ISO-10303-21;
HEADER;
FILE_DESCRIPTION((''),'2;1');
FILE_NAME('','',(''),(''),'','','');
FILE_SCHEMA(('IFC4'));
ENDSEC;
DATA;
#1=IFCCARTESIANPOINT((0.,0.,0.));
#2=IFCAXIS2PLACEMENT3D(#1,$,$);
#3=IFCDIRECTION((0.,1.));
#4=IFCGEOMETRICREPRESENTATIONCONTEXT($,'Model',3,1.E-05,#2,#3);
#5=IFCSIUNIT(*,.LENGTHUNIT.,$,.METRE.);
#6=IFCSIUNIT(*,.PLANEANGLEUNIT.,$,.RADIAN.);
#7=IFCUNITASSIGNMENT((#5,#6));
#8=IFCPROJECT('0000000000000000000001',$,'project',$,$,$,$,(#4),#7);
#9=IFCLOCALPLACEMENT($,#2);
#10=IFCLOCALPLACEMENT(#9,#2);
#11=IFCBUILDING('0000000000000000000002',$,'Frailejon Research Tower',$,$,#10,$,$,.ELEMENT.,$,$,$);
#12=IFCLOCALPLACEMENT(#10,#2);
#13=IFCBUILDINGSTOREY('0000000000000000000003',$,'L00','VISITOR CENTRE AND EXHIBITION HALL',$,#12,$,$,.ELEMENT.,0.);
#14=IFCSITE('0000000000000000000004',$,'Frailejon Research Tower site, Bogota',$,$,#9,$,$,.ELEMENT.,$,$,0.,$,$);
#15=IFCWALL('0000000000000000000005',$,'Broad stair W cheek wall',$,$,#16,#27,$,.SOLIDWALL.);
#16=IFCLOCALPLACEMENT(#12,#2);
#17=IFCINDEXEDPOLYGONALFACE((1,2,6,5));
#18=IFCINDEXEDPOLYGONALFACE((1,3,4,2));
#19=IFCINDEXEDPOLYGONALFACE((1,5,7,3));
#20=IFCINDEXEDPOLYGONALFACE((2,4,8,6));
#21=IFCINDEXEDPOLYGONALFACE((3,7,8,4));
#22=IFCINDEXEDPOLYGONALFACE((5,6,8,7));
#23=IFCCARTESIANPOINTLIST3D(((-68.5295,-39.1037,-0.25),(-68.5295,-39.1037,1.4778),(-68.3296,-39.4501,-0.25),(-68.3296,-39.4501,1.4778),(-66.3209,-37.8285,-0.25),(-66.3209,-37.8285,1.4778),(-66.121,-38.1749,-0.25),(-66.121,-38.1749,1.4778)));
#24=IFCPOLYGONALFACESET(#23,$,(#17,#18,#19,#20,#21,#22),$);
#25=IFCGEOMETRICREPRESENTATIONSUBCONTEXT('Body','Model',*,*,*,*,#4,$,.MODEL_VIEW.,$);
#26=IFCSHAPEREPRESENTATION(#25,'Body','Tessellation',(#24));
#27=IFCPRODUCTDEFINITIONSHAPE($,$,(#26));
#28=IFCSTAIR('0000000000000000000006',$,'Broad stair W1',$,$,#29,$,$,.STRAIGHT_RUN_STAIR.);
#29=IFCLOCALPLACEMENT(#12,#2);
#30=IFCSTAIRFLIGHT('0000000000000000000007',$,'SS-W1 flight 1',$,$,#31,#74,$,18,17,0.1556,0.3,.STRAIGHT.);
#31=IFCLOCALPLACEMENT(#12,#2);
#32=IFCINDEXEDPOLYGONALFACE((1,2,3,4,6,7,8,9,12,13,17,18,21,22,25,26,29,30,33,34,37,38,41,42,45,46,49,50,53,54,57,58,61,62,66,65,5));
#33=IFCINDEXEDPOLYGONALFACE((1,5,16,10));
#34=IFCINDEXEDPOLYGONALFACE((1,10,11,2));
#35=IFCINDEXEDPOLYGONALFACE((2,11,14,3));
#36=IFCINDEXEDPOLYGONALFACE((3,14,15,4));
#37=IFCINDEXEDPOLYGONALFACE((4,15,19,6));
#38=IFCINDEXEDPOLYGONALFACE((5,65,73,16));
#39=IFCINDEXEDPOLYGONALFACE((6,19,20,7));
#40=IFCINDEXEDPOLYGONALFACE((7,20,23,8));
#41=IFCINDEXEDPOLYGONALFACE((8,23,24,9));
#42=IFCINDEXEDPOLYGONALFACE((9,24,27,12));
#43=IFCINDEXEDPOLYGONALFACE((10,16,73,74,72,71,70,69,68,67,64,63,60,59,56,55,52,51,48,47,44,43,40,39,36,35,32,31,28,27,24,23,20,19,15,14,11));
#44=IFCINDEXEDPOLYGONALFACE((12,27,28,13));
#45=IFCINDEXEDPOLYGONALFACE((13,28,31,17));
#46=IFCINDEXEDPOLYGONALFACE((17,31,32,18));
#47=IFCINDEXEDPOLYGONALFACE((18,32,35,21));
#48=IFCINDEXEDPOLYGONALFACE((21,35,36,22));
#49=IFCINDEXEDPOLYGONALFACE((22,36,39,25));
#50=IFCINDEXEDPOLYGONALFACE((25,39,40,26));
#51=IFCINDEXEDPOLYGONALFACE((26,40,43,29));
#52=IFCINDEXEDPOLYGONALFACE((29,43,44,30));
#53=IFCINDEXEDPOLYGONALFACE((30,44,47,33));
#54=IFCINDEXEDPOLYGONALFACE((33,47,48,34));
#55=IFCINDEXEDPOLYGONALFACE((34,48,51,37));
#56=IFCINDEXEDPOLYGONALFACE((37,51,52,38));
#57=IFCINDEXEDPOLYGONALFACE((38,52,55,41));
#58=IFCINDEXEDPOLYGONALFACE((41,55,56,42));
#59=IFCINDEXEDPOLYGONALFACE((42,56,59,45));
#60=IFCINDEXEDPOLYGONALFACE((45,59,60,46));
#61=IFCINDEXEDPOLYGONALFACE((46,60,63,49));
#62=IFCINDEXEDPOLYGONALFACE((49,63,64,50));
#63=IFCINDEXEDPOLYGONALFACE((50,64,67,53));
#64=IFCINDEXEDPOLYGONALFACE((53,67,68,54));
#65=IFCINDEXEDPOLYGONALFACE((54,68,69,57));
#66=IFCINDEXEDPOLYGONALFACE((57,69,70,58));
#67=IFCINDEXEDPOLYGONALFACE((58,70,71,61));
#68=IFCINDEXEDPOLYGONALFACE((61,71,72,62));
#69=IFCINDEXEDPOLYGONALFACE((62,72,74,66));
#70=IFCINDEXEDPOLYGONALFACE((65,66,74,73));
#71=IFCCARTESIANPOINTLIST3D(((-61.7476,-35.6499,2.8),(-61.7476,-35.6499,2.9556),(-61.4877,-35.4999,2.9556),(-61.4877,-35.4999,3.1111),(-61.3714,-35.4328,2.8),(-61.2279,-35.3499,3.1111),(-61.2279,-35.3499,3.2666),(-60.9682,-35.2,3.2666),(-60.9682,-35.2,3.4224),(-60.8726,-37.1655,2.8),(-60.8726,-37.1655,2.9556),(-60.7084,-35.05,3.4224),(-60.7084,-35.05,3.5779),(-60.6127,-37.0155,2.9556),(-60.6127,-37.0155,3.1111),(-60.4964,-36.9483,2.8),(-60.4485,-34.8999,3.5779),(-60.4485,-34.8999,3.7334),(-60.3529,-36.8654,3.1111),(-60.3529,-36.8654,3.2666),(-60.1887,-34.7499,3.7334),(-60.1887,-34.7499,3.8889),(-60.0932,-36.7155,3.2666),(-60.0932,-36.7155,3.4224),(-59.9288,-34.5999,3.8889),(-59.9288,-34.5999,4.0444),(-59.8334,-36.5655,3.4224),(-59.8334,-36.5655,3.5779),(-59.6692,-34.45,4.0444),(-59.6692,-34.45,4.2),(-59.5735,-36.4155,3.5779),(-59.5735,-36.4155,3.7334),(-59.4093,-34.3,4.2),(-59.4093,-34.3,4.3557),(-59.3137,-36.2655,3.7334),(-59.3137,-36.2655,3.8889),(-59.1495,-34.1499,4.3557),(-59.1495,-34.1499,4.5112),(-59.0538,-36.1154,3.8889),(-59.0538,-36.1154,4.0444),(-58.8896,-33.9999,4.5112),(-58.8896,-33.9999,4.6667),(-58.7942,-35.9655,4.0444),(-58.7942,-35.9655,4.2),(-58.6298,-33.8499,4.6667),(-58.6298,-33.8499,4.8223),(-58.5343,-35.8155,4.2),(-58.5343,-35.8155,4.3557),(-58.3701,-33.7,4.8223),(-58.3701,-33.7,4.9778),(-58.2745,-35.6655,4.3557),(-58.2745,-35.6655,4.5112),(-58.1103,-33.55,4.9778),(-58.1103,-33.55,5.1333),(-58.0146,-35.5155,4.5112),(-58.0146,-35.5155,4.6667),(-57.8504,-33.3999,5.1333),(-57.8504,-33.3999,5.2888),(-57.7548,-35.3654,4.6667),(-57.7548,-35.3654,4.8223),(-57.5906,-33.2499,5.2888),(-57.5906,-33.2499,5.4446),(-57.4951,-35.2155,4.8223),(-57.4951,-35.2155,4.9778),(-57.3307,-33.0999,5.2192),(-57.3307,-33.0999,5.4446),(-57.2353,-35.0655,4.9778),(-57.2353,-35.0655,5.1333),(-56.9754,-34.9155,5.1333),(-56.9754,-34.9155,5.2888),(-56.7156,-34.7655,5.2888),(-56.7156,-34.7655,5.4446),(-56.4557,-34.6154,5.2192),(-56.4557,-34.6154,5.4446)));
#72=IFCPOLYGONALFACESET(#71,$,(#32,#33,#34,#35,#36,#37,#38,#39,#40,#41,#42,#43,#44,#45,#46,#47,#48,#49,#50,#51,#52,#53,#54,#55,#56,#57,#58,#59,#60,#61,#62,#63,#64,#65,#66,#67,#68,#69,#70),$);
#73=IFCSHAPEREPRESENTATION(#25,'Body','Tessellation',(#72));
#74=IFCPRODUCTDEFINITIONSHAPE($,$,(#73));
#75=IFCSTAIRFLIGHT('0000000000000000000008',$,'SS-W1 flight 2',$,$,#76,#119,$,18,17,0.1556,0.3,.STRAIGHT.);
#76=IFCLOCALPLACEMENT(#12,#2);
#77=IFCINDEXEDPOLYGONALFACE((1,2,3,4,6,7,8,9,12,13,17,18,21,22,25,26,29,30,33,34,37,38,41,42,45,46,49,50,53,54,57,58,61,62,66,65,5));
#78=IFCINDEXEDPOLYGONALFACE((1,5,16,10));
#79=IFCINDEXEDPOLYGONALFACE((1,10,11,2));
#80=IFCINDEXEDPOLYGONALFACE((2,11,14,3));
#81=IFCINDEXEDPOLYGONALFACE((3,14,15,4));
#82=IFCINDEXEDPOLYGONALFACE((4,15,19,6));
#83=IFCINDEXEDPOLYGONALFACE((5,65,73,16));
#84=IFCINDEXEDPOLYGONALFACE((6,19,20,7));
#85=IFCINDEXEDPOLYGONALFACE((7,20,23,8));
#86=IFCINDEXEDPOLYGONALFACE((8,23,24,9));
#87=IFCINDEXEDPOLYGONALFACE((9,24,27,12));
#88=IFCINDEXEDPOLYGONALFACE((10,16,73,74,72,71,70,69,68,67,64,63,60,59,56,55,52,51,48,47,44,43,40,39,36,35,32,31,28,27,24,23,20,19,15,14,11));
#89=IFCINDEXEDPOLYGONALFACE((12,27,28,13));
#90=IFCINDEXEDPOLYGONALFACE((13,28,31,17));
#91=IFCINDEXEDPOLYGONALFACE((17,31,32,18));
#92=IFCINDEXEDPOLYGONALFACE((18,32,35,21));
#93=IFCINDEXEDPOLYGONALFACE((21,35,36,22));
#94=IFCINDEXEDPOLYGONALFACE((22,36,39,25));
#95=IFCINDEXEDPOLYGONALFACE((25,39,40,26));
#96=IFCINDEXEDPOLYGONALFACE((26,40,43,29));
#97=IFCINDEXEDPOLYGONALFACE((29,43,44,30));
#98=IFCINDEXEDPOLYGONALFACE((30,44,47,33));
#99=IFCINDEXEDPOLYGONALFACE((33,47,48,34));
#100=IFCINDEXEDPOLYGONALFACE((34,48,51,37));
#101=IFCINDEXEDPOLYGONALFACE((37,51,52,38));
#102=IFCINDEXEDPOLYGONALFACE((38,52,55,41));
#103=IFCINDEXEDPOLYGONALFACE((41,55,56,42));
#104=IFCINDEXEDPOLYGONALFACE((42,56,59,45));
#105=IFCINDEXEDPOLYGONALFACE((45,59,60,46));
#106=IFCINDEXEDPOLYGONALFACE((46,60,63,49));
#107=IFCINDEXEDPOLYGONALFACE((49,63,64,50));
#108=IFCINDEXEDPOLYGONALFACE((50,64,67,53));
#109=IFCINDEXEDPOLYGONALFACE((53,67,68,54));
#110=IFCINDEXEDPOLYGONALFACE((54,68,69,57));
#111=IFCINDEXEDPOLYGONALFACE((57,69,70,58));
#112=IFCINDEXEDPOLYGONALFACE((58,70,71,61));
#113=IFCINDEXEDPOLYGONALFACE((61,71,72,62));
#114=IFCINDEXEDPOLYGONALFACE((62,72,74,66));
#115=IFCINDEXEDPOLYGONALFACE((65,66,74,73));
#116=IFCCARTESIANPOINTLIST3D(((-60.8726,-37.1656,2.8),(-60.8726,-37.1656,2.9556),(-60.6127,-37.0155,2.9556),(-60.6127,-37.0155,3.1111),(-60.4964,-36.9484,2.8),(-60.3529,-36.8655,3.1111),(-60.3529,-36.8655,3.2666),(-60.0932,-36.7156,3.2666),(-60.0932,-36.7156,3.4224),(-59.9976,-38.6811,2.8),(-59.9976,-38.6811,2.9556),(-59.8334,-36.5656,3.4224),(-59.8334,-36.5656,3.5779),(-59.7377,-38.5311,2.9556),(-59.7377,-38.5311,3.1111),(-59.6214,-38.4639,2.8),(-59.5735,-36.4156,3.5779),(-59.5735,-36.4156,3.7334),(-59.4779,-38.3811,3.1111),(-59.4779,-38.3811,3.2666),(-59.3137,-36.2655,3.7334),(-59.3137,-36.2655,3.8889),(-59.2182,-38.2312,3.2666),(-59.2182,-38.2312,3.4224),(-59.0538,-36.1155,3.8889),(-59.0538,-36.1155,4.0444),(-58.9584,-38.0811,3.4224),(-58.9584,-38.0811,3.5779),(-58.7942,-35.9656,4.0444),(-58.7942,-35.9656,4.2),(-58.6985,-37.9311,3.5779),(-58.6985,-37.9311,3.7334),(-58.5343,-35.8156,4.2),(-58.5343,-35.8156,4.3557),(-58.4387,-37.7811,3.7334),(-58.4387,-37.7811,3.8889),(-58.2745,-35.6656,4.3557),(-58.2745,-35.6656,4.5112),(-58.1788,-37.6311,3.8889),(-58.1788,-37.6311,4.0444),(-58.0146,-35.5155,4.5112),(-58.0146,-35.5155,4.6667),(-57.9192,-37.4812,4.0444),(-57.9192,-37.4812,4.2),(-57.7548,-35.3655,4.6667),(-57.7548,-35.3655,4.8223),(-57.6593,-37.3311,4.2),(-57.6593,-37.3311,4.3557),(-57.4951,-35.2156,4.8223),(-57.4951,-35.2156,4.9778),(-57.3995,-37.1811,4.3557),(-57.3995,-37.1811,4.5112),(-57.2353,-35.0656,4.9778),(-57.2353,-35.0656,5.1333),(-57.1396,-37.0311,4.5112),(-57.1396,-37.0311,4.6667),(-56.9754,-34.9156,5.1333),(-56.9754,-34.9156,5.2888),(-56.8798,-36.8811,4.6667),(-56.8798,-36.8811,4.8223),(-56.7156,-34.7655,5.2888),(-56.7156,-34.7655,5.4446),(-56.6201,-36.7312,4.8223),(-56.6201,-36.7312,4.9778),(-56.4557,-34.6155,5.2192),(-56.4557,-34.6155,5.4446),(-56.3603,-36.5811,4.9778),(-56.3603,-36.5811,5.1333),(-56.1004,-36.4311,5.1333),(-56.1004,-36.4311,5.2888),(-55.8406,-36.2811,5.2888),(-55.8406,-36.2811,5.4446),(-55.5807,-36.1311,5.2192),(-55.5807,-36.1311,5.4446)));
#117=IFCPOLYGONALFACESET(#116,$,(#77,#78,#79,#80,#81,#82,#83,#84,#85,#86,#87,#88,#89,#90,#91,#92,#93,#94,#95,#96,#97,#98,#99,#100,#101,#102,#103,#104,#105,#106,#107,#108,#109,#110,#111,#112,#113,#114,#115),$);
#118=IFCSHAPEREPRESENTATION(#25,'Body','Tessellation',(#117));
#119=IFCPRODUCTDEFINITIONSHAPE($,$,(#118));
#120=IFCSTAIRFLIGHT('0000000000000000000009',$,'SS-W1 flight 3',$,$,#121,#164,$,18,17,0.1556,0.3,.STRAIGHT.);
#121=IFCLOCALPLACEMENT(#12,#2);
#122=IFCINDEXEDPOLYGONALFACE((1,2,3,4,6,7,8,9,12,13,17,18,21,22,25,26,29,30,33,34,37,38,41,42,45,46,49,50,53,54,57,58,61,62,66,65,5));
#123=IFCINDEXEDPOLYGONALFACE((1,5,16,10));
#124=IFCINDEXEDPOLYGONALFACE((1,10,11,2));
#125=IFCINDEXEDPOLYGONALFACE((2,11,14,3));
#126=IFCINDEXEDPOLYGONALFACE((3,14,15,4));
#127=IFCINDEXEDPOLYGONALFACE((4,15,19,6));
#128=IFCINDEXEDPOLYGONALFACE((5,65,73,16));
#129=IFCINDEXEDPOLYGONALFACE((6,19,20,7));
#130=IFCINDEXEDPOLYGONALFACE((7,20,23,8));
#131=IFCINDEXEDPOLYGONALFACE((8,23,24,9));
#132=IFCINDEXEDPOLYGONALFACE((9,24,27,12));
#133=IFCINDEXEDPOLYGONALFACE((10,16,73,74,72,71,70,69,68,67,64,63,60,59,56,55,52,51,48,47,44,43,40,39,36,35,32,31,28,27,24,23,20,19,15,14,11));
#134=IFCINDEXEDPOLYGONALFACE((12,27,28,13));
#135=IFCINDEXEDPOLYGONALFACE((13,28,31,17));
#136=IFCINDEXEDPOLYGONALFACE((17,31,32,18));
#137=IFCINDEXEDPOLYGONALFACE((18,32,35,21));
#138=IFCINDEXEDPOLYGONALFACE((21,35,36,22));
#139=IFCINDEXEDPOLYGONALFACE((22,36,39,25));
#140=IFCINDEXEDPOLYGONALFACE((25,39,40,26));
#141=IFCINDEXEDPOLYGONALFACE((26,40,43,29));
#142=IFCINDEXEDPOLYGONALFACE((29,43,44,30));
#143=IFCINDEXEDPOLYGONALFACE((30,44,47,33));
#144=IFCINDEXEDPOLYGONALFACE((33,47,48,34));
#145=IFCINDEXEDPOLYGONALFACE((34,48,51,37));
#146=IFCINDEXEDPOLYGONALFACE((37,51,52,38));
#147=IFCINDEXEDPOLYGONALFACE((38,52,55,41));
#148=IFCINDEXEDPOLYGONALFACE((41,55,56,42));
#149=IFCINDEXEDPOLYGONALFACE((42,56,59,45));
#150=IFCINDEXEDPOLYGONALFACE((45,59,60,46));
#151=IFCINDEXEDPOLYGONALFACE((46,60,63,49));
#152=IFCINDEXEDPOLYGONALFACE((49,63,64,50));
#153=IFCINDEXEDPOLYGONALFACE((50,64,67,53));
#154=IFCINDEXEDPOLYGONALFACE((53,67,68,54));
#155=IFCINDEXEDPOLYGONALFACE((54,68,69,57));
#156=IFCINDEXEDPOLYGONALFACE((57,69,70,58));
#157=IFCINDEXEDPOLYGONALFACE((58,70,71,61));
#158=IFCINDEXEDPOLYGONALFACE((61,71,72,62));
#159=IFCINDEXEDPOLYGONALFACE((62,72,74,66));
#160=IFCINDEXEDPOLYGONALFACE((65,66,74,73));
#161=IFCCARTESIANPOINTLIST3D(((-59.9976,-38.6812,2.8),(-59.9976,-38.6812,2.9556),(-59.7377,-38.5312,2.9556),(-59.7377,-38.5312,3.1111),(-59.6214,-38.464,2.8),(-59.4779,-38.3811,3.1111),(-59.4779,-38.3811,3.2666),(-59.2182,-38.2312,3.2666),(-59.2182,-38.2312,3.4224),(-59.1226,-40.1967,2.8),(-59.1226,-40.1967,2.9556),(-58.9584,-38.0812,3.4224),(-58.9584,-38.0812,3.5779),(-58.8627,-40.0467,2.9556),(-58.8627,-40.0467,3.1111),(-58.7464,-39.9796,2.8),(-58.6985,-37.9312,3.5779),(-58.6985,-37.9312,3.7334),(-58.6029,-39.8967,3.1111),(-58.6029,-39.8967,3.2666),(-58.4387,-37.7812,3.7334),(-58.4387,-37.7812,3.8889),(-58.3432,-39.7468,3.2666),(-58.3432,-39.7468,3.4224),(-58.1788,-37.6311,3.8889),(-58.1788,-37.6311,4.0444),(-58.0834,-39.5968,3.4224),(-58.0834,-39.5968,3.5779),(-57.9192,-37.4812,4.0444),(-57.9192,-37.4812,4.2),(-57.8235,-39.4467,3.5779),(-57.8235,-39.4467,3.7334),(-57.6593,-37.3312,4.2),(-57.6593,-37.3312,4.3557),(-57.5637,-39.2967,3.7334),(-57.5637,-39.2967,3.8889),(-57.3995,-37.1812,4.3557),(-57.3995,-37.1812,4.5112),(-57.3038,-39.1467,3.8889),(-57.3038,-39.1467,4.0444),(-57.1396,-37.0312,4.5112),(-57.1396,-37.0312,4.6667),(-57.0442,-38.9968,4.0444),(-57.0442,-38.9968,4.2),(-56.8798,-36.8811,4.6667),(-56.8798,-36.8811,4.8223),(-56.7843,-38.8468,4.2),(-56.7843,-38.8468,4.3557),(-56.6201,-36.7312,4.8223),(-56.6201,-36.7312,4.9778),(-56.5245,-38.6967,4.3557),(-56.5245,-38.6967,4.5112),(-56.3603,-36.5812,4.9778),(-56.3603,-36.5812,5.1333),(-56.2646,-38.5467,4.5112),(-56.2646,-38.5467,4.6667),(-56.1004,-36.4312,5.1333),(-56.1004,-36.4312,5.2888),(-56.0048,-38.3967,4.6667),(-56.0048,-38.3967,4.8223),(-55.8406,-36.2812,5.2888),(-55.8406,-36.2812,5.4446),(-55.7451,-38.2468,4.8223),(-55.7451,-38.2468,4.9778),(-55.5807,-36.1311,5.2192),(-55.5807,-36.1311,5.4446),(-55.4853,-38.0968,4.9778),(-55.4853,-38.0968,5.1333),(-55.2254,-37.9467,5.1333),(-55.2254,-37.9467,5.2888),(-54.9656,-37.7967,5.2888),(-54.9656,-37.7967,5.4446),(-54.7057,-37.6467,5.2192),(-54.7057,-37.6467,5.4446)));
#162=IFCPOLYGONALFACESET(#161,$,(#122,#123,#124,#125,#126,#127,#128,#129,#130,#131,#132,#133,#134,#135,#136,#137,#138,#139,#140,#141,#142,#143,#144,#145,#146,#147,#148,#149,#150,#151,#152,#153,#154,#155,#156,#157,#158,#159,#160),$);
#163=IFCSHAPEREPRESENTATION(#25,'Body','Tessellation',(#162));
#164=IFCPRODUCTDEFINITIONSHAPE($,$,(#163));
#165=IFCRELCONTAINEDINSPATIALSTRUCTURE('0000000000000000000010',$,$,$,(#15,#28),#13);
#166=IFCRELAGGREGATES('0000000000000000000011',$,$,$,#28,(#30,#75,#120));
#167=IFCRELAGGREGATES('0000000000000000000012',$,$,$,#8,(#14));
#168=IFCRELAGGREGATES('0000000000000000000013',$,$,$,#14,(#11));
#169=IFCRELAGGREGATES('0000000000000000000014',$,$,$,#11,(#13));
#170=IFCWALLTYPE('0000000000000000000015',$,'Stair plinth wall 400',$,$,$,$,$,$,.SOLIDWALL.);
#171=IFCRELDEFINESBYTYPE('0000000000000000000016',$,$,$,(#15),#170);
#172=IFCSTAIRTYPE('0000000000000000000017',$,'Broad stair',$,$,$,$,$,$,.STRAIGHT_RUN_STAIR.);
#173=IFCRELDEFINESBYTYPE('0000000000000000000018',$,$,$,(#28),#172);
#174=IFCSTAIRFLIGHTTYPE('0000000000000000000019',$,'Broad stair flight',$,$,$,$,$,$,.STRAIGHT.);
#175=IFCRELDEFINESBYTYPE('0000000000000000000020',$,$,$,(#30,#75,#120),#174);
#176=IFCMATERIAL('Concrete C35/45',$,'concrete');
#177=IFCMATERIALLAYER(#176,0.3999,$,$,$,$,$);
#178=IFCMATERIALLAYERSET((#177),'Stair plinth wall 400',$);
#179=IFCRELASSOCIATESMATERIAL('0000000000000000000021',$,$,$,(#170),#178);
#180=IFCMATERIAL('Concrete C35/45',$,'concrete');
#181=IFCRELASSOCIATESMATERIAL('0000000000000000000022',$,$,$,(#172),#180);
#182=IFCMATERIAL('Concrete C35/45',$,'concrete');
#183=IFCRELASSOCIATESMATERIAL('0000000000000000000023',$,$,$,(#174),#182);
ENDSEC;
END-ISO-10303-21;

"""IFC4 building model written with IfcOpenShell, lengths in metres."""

from ifc_helpers import new_model, si_unit, direction, frame, frame_2d, origin, place, context, subcontext, project, spatial, polyline, rectangle, outline, extrude, material, layer, layer_set, type_object, element, aggregate, save


model = new_model("IFC4")

# Units and contexts
model_context = context("Model", 3, precision=1e-05, world=origin(), true_north=direction((0.0, 1.0)))
body_context = subcontext(model_context, "Body", "Model", "MODEL_VIEW")
ifc_project = project(units=[si_unit("LENGTHUNIT", "METRE"), si_unit("PLANEANGLEUNIT", "RADIAN")], contexts=[model_context])

# Site, building, storey
site_placement = place(None, origin())
site = spatial("IfcSite", under=ifc_project, at=site_placement, Name="Frailejon Research Tower site, Bogota", CompositionType="ELEMENT", RefElevation=0.0)
building_placement = place(site_placement, origin())
building = spatial("IfcBuilding", under=site, at=building_placement, Name="Frailejon Research Tower", CompositionType="ELEMENT")
storey_placement = place(building_placement, origin())
storey = spatial("IfcBuildingStorey", under=building, at=storey_placement, Name="L00", Description="VISITOR CENTRE AND EXHIBITION HALL", CompositionType="ELEMENT", Elevation=0.0)

# Wall
ifc_material_1 = material(Name="Concrete C35/45", Category="concrete")
ifc_layer_1 = layer(ifc_material_1, 0.3999)
ifc_layer_set_1 = layer_set([ifc_layer_1], Name="Stair plinth wall 400")
wall_type_1 = type_object("IfcWallType", Name="Stair plinth wall 400", PredefinedType="SOLIDWALL", material=ifc_layer_set_1)
wall_1_placement = place(storey_placement, frame((-66.2209, -38.0017, -0.25), z_axis=(0.0, 0.0, 1.0), x_axis=(-0.866013, -0.500021, 0.0)))
element("IfcWall", 1, at=wall_1_placement, inside=storey, type_object=wall_type_1, Name="Broad stair W cheek wall", PredefinedType="SOLIDWALL", context=body_context, shape_type="SweptSolid", body=[
    extrude(rectangle(XDim=2.5503, YDim=0.3999, at=frame_2d((1.2751, 0.0))), origin(), (0.0, 0.0, 1.0), 1.7278),
])

# Stair, stair flights
ifc_material_2 = material(Name="Concrete C35/45", Category="concrete")
stair_type = type_object("IfcStairType", Name="Broad stair", PredefinedType="STRAIGHT_RUN_STAIR", material=ifc_material_2)
stair_placement = place(storey_placement, origin())
stair = element("IfcStair", 2, at=stair_placement, inside=storey, type_object=stair_type, Name="Broad stair W1", PredefinedType="STRAIGHT_RUN_STAIR")
ifc_material_3 = material(Name="Concrete C35/45", Category="concrete")
stair_flight_type = type_object("IfcStairFlightType", Name="Broad stair flight", PredefinedType="STRAIGHT", material=ifc_material_3)
stair_flight_1_placement = place(storey_placement, frame((-61.3101, -36.4077, 2.8), z_axis=(0.0, 0.0, 1.0), x_axis=(0.866025, 0.5, 0.0)))
stair_flight_1 = element("IfcStairFlight", 3, at=stair_flight_1_placement, type_object=stair_flight_type, Name="SS-W1 flight 1", NumberOfRisers=18, NumberOfTreads=17, PredefinedType="STRAIGHT", RiserHeight=0.1556, TreadLength=0.3, context=body_context, shape_type="SweptSolid", body=[
    extrude(outline(polyline([(0.0, 0.0), (0.0, 0.1555), (0.3, 0.1555), (0.3, 0.311), (0.6001, 0.311), (0.6001, 0.4666), (0.8999, 0.4666), (0.8999, 0.6223), (1.2, 0.6223), (1.2, 0.7778), (1.5, 0.7778), (1.5, 0.9333), (1.8, 0.9333), (1.8, 1.0889), (2.1001, 1.0889), (2.1001, 1.2444), (2.3999, 1.2444), (2.3999, 1.3999), (2.7, 1.3999), (2.7, 1.5557), (3.0, 1.5557), (3.0, 1.7112), (3.3, 1.7112), (3.3, 1.8667), (3.6001, 1.8667), (3.6001, 2.0222), (3.8999, 2.0222), (3.8999, 2.1777), (4.2, 2.1777), (4.2, 2.3333), (4.5, 2.3333), (4.5, 2.4888), (4.8, 2.4888), (4.8, 2.6445), (5.1001, 2.6445), (5.1001, 2.8), (5.1001, 2.4192), (0.4343, 0.0), (0.0, 0.0)])), frame((0.0, 0.875, 0.0), z_axis=(0.0, -1.0, 0.0), x_axis=(1.0, 0.0, 0.0)), (0.0, 0.0, 1.0), 1.75),
])
stair_flight_2_placement = place(storey_placement, frame((-60.4351, -37.9233, 2.8), z_axis=(0.0, 0.0, 1.0), x_axis=(0.866025, 0.5, 0.0)))
stair_flight_2 = element("IfcStairFlight", 4, at=stair_flight_2_placement, type_object=stair_flight_type, Name="SS-W1 flight 2", NumberOfRisers=18, NumberOfTreads=17, PredefinedType="STRAIGHT", RiserHeight=0.1556, TreadLength=0.3, context=body_context, shape_type="SweptSolid", body=[
    extrude(outline(polyline([(0.0, 0.0), (0.0, 0.1555), (0.3, 0.1555), (0.3, 0.311), (0.6001, 0.311), (0.6001, 0.4666), (0.8999, 0.4666), (0.8999, 0.6223), (1.2, 0.6223), (1.2, 0.7778), (1.5, 0.7778), (1.5, 0.9333), (1.8, 0.9333), (1.8, 1.0889), (2.1001, 1.0889), (2.1001, 1.2444), (2.3999, 1.2444), (2.3999, 1.3999), (2.7, 1.3999), (2.7, 1.5557), (3.0, 1.5557), (3.0, 1.7112), (3.3, 1.7112), (3.3, 1.8667), (3.6001, 1.8667), (3.6001, 2.0222), (3.8999, 2.0222), (3.8999, 2.1777), (4.2, 2.1777), (4.2, 2.3333), (4.5, 2.3333), (4.5, 2.4888), (4.8, 2.4888), (4.8, 2.6445), (5.1001, 2.6445), (5.1001, 2.8), (5.1001, 2.4192), (0.4343, 0.0), (0.0, 0.0)])), frame((0.0, 0.875, 0.0), z_axis=(0.0, -1.0, 0.0), x_axis=(1.0, 0.0, 0.0)), (0.0, 0.0, 1.0), 1.75),
])
stair_flight_3_placement = place(storey_placement, frame((-59.5601, -39.439, 2.8), z_axis=(0.0, 0.0, 1.0), x_axis=(0.866025, 0.5, 0.0)))
stair_flight_3 = element("IfcStairFlight", 5, at=stair_flight_3_placement, type_object=stair_flight_type, Name="SS-W1 flight 3", NumberOfRisers=18, NumberOfTreads=17, PredefinedType="STRAIGHT", RiserHeight=0.1556, TreadLength=0.3, context=body_context, shape_type="SweptSolid", body=[
    extrude(outline(polyline([(0.0, 0.0), (0.0, 0.1555), (0.3, 0.1555), (0.3, 0.311), (0.6001, 0.311), (0.6001, 0.4666), (0.8999, 0.4666), (0.8999, 0.6223), (1.2, 0.6223), (1.2, 0.7778), (1.5, 0.7778), (1.5, 0.9333), (1.8, 0.9333), (1.8, 1.0889), (2.1001, 1.0889), (2.1001, 1.2444), (2.3999, 1.2444), (2.3999, 1.3999), (2.7, 1.3999), (2.7, 1.5557), (3.0, 1.5557), (3.0, 1.7112), (3.3, 1.7112), (3.3, 1.8667), (3.6001, 1.8667), (3.6001, 2.0222), (3.8999, 2.0222), (3.8999, 2.1777), (4.2, 2.1777), (4.2, 2.3333), (4.5, 2.3333), (4.5, 2.4888), (4.8, 2.4888), (4.8, 2.6445), (5.1001, 2.6445), (5.1001, 2.8), (5.1001, 2.4192), (0.4343, 0.0), (0.0, 0.0)])), frame((0.0, 0.875, 0.0), z_axis=(0.0, -1.0, 0.0), x_axis=(1.0, 0.0, 0.0)), (0.0, 0.0, 1.0), 1.75),
])
aggregate(stair, [stair_flight_1, stair_flight_2, stair_flight_3])

save(model, "model.ifc")
